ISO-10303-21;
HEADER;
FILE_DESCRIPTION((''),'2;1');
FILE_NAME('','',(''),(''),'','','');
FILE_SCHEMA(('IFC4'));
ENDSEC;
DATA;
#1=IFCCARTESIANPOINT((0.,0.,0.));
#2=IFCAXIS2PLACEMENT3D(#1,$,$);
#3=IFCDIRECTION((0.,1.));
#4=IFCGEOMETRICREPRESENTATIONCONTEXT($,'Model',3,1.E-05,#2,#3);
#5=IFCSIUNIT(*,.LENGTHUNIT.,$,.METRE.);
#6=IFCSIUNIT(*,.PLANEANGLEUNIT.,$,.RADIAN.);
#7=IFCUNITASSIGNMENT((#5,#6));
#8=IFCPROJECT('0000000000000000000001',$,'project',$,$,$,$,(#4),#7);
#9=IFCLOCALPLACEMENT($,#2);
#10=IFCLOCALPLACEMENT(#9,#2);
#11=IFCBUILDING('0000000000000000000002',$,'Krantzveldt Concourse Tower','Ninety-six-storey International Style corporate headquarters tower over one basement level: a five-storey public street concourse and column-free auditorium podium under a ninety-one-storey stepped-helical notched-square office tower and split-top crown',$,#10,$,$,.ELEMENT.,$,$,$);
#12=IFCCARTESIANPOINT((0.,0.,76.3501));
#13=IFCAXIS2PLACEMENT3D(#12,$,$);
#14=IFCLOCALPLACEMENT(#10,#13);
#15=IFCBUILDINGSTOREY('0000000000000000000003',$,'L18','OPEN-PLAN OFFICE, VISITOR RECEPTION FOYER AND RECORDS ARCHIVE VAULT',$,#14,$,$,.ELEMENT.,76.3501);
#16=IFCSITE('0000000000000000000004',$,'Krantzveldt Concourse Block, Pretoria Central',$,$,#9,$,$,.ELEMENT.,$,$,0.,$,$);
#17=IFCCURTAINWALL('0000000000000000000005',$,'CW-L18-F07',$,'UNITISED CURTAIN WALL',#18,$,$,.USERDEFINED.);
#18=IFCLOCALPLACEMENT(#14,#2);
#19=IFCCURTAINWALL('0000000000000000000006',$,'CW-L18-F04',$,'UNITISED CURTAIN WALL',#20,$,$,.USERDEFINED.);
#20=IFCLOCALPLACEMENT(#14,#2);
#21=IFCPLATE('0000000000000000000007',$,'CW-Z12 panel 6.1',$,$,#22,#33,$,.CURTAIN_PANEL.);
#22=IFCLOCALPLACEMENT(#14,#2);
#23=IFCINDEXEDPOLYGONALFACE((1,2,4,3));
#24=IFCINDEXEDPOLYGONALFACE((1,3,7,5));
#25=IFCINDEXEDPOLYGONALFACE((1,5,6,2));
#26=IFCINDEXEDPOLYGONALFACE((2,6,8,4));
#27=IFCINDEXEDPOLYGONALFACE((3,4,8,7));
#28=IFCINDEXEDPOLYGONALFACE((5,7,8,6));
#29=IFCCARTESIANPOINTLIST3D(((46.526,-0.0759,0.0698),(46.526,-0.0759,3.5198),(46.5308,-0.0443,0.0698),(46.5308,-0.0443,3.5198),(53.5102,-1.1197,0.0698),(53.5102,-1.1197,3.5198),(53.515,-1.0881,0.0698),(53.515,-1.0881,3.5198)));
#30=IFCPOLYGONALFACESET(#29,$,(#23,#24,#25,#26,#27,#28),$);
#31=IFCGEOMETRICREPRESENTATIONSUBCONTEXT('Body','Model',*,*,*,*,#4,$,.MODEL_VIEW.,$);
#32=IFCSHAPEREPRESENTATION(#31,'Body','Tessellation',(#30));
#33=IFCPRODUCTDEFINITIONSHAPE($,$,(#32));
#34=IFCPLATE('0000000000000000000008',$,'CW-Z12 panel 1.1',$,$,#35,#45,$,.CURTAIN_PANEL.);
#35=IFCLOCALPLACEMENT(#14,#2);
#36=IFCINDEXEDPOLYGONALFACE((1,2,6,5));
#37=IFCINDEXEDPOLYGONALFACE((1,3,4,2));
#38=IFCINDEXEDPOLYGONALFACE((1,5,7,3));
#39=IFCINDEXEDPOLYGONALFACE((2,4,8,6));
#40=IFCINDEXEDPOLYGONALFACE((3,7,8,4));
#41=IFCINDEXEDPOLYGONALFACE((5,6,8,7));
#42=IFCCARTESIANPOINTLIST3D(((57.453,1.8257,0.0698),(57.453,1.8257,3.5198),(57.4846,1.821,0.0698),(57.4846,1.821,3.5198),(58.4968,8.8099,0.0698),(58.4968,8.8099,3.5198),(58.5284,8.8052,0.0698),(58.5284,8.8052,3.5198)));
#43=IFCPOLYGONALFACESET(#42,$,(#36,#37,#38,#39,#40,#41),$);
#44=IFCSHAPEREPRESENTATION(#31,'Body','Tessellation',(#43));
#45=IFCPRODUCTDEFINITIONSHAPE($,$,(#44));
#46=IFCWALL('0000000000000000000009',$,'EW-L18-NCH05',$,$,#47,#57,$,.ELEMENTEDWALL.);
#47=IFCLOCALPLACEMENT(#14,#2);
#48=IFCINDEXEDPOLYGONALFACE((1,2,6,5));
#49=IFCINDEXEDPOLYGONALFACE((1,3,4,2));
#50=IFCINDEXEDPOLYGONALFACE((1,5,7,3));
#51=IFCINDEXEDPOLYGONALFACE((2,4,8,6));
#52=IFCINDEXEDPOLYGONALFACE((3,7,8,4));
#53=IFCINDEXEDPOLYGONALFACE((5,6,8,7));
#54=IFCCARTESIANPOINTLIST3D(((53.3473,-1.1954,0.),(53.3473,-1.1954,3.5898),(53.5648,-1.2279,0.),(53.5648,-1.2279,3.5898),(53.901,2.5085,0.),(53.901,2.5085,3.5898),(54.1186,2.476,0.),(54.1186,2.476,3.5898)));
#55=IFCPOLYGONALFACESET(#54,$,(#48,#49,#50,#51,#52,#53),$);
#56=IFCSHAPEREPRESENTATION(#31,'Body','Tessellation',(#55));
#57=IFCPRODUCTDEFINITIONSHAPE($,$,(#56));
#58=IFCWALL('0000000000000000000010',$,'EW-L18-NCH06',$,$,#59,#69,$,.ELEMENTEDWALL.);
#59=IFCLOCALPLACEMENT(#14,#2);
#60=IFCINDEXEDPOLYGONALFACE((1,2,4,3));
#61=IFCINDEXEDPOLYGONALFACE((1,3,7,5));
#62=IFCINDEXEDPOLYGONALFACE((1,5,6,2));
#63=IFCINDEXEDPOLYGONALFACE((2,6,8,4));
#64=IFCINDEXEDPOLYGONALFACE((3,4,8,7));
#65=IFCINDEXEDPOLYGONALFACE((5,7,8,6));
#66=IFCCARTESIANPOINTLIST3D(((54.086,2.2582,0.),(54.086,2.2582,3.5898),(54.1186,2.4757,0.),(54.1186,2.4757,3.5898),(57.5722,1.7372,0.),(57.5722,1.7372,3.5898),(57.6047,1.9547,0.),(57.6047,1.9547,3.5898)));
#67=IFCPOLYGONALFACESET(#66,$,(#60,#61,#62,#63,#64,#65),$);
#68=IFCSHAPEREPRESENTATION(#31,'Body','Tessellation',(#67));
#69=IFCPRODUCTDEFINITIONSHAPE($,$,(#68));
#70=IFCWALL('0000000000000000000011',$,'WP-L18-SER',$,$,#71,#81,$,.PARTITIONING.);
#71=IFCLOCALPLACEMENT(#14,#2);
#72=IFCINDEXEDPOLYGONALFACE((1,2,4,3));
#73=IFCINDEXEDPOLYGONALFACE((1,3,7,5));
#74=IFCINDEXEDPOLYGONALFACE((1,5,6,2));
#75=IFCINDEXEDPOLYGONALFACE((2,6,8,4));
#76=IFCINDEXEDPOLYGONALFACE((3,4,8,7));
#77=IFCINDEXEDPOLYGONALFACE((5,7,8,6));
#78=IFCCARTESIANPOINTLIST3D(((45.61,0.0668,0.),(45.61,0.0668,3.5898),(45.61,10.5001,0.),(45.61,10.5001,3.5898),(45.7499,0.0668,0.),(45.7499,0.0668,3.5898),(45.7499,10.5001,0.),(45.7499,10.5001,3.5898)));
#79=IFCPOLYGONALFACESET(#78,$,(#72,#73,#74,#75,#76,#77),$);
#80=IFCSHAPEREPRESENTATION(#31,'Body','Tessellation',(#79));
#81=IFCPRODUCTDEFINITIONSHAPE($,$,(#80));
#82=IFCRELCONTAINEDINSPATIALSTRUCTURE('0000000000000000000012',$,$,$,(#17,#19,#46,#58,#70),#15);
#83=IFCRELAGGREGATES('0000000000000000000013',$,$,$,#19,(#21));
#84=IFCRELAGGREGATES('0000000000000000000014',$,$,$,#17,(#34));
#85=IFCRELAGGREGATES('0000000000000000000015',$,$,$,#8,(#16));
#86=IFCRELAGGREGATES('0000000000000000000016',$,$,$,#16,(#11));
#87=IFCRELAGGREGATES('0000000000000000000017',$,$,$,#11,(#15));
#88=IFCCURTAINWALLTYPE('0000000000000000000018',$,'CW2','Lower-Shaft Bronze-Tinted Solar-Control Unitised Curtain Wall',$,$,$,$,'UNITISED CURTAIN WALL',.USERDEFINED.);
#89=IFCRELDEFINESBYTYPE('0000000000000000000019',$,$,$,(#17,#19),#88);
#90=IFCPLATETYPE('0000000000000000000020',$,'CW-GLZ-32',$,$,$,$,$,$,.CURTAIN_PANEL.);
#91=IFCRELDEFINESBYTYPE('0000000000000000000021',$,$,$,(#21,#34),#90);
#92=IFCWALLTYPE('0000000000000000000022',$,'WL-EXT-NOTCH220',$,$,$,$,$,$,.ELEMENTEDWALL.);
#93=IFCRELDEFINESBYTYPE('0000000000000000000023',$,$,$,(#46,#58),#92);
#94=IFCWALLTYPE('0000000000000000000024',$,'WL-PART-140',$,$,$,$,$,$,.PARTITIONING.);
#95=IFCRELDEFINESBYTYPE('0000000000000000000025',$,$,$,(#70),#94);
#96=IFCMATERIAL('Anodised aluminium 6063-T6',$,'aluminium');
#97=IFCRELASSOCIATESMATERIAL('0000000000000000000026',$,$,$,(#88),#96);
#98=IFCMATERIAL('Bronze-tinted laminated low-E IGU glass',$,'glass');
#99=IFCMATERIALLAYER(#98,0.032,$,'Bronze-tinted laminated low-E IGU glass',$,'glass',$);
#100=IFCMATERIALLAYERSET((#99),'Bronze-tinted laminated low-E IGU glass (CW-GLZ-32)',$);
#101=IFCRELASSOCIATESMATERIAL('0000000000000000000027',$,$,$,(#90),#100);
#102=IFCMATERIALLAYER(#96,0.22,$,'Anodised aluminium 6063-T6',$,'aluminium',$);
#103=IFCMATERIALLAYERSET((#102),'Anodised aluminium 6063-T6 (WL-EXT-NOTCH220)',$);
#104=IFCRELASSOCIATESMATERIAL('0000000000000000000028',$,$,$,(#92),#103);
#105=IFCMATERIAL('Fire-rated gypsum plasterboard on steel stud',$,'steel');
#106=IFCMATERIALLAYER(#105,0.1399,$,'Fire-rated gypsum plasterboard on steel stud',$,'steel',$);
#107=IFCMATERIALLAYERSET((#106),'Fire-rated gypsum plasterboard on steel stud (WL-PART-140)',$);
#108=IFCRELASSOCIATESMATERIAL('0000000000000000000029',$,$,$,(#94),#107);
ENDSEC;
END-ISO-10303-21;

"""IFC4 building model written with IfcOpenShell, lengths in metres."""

from ifc_helpers import new_model, si_unit, direction, frame, frame_2d, origin, origin_2d, place, context, subcontext, project, spatial, rectangle, extrude, source, transform, mapped, material, layer, layer_set, type_object, type_shapes, element, aggregate, save


model = new_model("IFC4")

# Units and contexts
model_context = context("Model", 3, precision=1e-05, world=origin(), true_north=direction((0.0, 1.0)))
body_context = subcontext(model_context, "Body", "Model", "MODEL_VIEW")
ifc_project = project(units=[si_unit("LENGTHUNIT", "METRE"), si_unit("PLANEANGLEUNIT", "RADIAN")], contexts=[model_context])

# Site, building, storey
site_placement = place(None, origin())
site = spatial("IfcSite", under=ifc_project, at=site_placement, Name="Krantzveldt Concourse Block, Pretoria Central", CompositionType="ELEMENT", RefElevation=0.0)
building_placement = place(site_placement, origin())
building = spatial("IfcBuilding", under=site, at=building_placement, Name="Krantzveldt Concourse Tower", Description="Ninety-six-storey International Style corporate headquarters tower over one basement level: a five-storey public street concourse and column-free auditorium podium under a ninety-one-storey stepped-helical notched-square office tower and split-top crown", CompositionType="ELEMENT")
storey_placement = place(building_placement, frame((0.0, 0.0, 76.3501)))
storey = spatial("IfcBuildingStorey", under=building, at=storey_placement, Name="L18", Description="OPEN-PLAN OFFICE, VISITOR RECEPTION FOYER AND RECORDS ARCHIVE VAULT", CompositionType="ELEMENT", Elevation=76.3501)

# Curtain walls
ifc_material_1 = material(Name="Anodised aluminium 6063-T6", Category="aluminium")
curtain_wall_type = type_object("IfcCurtainWallType", Name="CW2", Description="Lower-Shaft Bronze-Tinted Solar-Control Unitised Curtain Wall", ElementType="UNITISED CURTAIN WALL", PredefinedType="USERDEFINED", material=ifc_material_1)
curtain_wall_1_placement = place(storey_placement, origin())
curtain_wall_1 = element("IfcCurtainWall", 1, at=curtain_wall_1_placement, inside=storey, type_object=curtain_wall_type, Name="CW-L18-F07", ObjectType="UNITISED CURTAIN WALL", PredefinedType="USERDEFINED")
curtain_wall_2_placement = place(storey_placement, origin())
curtain_wall_2 = element("IfcCurtainWall", 2, at=curtain_wall_2_placement, inside=storey, type_object=curtain_wall_type, Name="CW-L18-F04", ObjectType="UNITISED CURTAIN WALL", PredefinedType="USERDEFINED")

# Plates
ifc_material_2 = material(Name="Bronze-tinted laminated low-E IGU glass", Category="glass")
ifc_layer_1 = layer(ifc_material_2, 0.032, Name="Bronze-tinted laminated low-E IGU glass", Category="glass")
ifc_layer_set_1 = layer_set([ifc_layer_1], Name="Bronze-tinted laminated low-E IGU glass (CW-GLZ-32)")
plate_type = type_object("IfcPlateType", Name="CW-GLZ-32", PredefinedType="CURTAIN_PANEL", material=ifc_layer_set_1)
shared_shape_1 = source(origin(), body_context, "Body", "SweptSolid", [
    extrude(rectangle(XDim=7.0618, YDim=0.032, at=origin_2d()), origin(), (0.0, 0.0, 1.0), 3.45),
])
type_shapes(plate_type, [shared_shape_1])
plate_1_placement = place(storey_placement, frame((50.0205, -0.582, 0.0698), z_axis=(0.0, 0.0, 1.0), x_axis=(0.989016, -0.14781, 0.0)))
plate_1 = element("IfcPlate", 3, at=plate_1_placement, type_object=plate_type, Name="CW-Z12 panel 6.1", PredefinedType="CURTAIN_PANEL", context=body_context, shape_type="MappedRepresentation", body=[
    mapped(shared_shape_1, transform((0.0, 0.0, 0.0), x_axis=(1.0, 0.0, 0.0), y_axis=(0.0, 1.0, 0.0), z_axis=(0.0, 0.0, 1.0), scale=1.0)),
])
aggregate(curtain_wall_2, [plate_1])
plate_2_placement = place(storey_placement, frame((57.9907, 5.3154, 0.0698), z_axis=(0.0, 0.0, 1.0), x_axis=(0.14781, 0.989016, 0.0)))
plate_2 = element("IfcPlate", 4, at=plate_2_placement, type_object=plate_type, Name="CW-Z12 panel 1.1", PredefinedType="CURTAIN_PANEL", context=body_context, shape_type="MappedRepresentation", body=[
    mapped(shared_shape_1, transform((0.0, 0.0, 0.0), x_axis=(1.0, 0.0, 0.0), y_axis=(0.0, 1.0, 0.0), z_axis=(0.0, 0.0, 1.0), scale=1.0)),
])
aggregate(curtain_wall_1, [plate_2])

# Walls
ifc_layer_2 = layer(ifc_material_1, 0.22, Name="Anodised aluminium 6063-T6", Category="aluminium")
ifc_layer_set_2 = layer_set([ifc_layer_2], Name="Anodised aluminium 6063-T6 (WL-EXT-NOTCH220)")
wall_type_1 = type_object("IfcWallType", Name="WL-EXT-NOTCH220", PredefinedType="ELEMENTEDWALL", material=ifc_layer_set_2)
wall_1_placement = place(storey_placement, frame((53.4561, -1.2117, 0.0), z_axis=(0.0, 0.0, 1.0), x_axis=(0.147853, 0.989009, 0.0)))
element("IfcWall", 5, at=wall_1_placement, inside=storey, type_object=wall_type_1, Name="EW-L18-NCH05", PredefinedType="ELEMENTEDWALL", context=body_context, shape_type="SweptSolid", body=[
    extrude(rectangle(XDim=3.7451, YDim=0.22, at=frame_2d((1.8726, 0.0))), origin(), (0.0, 0.0, 1.0), 3.5898),
])
wall_2_placement = place(storey_placement, frame((54.1023, 2.3669, 0.0), z_axis=(0.0, 0.0, 1.0), x_axis=(0.989016, -0.147809, 0.0)))
element("IfcWall", 6, at=wall_2_placement, inside=storey, type_object=wall_type_1, Name="EW-L18-NCH06", PredefinedType="ELEMENTEDWALL", context=body_context, shape_type="SweptSolid", body=[
    extrude(rectangle(XDim=3.5249, YDim=0.22, at=frame_2d((1.7625, 0.0))), origin(), (0.0, 0.0, 1.0), 3.5898),
])
ifc_material_3 = material(Name="Fire-rated gypsum plasterboard on steel stud", Category="steel")
ifc_layer_3 = layer(ifc_material_3, 0.1399, Name="Fire-rated gypsum plasterboard on steel stud", Category="steel")
ifc_layer_set_3 = layer_set([ifc_layer_3], Name="Fire-rated gypsum plasterboard on steel stud (WL-PART-140)")
wall_type_2 = type_object("IfcWallType", Name="WL-PART-140", PredefinedType="PARTITIONING", material=ifc_layer_set_3)
wall_3_placement = place(storey_placement, frame((45.6799, 0.0667, 0.0), z_axis=(0.0, 0.0, 1.0), x_axis=(0.0, 1.0, 0.0)))
element("IfcWall", 7, at=wall_3_placement, inside=storey, type_object=wall_type_2, Name="WP-L18-SER", PredefinedType="PARTITIONING", context=body_context, shape_type="SweptSolid", body=[
    extrude(rectangle(XDim=10.4333, YDim=0.1399, at=frame_2d((5.2168, 0.0))), origin(), (0.0, 0.0, 1.0), 3.5898),
])

save(model, "model.ifc")
